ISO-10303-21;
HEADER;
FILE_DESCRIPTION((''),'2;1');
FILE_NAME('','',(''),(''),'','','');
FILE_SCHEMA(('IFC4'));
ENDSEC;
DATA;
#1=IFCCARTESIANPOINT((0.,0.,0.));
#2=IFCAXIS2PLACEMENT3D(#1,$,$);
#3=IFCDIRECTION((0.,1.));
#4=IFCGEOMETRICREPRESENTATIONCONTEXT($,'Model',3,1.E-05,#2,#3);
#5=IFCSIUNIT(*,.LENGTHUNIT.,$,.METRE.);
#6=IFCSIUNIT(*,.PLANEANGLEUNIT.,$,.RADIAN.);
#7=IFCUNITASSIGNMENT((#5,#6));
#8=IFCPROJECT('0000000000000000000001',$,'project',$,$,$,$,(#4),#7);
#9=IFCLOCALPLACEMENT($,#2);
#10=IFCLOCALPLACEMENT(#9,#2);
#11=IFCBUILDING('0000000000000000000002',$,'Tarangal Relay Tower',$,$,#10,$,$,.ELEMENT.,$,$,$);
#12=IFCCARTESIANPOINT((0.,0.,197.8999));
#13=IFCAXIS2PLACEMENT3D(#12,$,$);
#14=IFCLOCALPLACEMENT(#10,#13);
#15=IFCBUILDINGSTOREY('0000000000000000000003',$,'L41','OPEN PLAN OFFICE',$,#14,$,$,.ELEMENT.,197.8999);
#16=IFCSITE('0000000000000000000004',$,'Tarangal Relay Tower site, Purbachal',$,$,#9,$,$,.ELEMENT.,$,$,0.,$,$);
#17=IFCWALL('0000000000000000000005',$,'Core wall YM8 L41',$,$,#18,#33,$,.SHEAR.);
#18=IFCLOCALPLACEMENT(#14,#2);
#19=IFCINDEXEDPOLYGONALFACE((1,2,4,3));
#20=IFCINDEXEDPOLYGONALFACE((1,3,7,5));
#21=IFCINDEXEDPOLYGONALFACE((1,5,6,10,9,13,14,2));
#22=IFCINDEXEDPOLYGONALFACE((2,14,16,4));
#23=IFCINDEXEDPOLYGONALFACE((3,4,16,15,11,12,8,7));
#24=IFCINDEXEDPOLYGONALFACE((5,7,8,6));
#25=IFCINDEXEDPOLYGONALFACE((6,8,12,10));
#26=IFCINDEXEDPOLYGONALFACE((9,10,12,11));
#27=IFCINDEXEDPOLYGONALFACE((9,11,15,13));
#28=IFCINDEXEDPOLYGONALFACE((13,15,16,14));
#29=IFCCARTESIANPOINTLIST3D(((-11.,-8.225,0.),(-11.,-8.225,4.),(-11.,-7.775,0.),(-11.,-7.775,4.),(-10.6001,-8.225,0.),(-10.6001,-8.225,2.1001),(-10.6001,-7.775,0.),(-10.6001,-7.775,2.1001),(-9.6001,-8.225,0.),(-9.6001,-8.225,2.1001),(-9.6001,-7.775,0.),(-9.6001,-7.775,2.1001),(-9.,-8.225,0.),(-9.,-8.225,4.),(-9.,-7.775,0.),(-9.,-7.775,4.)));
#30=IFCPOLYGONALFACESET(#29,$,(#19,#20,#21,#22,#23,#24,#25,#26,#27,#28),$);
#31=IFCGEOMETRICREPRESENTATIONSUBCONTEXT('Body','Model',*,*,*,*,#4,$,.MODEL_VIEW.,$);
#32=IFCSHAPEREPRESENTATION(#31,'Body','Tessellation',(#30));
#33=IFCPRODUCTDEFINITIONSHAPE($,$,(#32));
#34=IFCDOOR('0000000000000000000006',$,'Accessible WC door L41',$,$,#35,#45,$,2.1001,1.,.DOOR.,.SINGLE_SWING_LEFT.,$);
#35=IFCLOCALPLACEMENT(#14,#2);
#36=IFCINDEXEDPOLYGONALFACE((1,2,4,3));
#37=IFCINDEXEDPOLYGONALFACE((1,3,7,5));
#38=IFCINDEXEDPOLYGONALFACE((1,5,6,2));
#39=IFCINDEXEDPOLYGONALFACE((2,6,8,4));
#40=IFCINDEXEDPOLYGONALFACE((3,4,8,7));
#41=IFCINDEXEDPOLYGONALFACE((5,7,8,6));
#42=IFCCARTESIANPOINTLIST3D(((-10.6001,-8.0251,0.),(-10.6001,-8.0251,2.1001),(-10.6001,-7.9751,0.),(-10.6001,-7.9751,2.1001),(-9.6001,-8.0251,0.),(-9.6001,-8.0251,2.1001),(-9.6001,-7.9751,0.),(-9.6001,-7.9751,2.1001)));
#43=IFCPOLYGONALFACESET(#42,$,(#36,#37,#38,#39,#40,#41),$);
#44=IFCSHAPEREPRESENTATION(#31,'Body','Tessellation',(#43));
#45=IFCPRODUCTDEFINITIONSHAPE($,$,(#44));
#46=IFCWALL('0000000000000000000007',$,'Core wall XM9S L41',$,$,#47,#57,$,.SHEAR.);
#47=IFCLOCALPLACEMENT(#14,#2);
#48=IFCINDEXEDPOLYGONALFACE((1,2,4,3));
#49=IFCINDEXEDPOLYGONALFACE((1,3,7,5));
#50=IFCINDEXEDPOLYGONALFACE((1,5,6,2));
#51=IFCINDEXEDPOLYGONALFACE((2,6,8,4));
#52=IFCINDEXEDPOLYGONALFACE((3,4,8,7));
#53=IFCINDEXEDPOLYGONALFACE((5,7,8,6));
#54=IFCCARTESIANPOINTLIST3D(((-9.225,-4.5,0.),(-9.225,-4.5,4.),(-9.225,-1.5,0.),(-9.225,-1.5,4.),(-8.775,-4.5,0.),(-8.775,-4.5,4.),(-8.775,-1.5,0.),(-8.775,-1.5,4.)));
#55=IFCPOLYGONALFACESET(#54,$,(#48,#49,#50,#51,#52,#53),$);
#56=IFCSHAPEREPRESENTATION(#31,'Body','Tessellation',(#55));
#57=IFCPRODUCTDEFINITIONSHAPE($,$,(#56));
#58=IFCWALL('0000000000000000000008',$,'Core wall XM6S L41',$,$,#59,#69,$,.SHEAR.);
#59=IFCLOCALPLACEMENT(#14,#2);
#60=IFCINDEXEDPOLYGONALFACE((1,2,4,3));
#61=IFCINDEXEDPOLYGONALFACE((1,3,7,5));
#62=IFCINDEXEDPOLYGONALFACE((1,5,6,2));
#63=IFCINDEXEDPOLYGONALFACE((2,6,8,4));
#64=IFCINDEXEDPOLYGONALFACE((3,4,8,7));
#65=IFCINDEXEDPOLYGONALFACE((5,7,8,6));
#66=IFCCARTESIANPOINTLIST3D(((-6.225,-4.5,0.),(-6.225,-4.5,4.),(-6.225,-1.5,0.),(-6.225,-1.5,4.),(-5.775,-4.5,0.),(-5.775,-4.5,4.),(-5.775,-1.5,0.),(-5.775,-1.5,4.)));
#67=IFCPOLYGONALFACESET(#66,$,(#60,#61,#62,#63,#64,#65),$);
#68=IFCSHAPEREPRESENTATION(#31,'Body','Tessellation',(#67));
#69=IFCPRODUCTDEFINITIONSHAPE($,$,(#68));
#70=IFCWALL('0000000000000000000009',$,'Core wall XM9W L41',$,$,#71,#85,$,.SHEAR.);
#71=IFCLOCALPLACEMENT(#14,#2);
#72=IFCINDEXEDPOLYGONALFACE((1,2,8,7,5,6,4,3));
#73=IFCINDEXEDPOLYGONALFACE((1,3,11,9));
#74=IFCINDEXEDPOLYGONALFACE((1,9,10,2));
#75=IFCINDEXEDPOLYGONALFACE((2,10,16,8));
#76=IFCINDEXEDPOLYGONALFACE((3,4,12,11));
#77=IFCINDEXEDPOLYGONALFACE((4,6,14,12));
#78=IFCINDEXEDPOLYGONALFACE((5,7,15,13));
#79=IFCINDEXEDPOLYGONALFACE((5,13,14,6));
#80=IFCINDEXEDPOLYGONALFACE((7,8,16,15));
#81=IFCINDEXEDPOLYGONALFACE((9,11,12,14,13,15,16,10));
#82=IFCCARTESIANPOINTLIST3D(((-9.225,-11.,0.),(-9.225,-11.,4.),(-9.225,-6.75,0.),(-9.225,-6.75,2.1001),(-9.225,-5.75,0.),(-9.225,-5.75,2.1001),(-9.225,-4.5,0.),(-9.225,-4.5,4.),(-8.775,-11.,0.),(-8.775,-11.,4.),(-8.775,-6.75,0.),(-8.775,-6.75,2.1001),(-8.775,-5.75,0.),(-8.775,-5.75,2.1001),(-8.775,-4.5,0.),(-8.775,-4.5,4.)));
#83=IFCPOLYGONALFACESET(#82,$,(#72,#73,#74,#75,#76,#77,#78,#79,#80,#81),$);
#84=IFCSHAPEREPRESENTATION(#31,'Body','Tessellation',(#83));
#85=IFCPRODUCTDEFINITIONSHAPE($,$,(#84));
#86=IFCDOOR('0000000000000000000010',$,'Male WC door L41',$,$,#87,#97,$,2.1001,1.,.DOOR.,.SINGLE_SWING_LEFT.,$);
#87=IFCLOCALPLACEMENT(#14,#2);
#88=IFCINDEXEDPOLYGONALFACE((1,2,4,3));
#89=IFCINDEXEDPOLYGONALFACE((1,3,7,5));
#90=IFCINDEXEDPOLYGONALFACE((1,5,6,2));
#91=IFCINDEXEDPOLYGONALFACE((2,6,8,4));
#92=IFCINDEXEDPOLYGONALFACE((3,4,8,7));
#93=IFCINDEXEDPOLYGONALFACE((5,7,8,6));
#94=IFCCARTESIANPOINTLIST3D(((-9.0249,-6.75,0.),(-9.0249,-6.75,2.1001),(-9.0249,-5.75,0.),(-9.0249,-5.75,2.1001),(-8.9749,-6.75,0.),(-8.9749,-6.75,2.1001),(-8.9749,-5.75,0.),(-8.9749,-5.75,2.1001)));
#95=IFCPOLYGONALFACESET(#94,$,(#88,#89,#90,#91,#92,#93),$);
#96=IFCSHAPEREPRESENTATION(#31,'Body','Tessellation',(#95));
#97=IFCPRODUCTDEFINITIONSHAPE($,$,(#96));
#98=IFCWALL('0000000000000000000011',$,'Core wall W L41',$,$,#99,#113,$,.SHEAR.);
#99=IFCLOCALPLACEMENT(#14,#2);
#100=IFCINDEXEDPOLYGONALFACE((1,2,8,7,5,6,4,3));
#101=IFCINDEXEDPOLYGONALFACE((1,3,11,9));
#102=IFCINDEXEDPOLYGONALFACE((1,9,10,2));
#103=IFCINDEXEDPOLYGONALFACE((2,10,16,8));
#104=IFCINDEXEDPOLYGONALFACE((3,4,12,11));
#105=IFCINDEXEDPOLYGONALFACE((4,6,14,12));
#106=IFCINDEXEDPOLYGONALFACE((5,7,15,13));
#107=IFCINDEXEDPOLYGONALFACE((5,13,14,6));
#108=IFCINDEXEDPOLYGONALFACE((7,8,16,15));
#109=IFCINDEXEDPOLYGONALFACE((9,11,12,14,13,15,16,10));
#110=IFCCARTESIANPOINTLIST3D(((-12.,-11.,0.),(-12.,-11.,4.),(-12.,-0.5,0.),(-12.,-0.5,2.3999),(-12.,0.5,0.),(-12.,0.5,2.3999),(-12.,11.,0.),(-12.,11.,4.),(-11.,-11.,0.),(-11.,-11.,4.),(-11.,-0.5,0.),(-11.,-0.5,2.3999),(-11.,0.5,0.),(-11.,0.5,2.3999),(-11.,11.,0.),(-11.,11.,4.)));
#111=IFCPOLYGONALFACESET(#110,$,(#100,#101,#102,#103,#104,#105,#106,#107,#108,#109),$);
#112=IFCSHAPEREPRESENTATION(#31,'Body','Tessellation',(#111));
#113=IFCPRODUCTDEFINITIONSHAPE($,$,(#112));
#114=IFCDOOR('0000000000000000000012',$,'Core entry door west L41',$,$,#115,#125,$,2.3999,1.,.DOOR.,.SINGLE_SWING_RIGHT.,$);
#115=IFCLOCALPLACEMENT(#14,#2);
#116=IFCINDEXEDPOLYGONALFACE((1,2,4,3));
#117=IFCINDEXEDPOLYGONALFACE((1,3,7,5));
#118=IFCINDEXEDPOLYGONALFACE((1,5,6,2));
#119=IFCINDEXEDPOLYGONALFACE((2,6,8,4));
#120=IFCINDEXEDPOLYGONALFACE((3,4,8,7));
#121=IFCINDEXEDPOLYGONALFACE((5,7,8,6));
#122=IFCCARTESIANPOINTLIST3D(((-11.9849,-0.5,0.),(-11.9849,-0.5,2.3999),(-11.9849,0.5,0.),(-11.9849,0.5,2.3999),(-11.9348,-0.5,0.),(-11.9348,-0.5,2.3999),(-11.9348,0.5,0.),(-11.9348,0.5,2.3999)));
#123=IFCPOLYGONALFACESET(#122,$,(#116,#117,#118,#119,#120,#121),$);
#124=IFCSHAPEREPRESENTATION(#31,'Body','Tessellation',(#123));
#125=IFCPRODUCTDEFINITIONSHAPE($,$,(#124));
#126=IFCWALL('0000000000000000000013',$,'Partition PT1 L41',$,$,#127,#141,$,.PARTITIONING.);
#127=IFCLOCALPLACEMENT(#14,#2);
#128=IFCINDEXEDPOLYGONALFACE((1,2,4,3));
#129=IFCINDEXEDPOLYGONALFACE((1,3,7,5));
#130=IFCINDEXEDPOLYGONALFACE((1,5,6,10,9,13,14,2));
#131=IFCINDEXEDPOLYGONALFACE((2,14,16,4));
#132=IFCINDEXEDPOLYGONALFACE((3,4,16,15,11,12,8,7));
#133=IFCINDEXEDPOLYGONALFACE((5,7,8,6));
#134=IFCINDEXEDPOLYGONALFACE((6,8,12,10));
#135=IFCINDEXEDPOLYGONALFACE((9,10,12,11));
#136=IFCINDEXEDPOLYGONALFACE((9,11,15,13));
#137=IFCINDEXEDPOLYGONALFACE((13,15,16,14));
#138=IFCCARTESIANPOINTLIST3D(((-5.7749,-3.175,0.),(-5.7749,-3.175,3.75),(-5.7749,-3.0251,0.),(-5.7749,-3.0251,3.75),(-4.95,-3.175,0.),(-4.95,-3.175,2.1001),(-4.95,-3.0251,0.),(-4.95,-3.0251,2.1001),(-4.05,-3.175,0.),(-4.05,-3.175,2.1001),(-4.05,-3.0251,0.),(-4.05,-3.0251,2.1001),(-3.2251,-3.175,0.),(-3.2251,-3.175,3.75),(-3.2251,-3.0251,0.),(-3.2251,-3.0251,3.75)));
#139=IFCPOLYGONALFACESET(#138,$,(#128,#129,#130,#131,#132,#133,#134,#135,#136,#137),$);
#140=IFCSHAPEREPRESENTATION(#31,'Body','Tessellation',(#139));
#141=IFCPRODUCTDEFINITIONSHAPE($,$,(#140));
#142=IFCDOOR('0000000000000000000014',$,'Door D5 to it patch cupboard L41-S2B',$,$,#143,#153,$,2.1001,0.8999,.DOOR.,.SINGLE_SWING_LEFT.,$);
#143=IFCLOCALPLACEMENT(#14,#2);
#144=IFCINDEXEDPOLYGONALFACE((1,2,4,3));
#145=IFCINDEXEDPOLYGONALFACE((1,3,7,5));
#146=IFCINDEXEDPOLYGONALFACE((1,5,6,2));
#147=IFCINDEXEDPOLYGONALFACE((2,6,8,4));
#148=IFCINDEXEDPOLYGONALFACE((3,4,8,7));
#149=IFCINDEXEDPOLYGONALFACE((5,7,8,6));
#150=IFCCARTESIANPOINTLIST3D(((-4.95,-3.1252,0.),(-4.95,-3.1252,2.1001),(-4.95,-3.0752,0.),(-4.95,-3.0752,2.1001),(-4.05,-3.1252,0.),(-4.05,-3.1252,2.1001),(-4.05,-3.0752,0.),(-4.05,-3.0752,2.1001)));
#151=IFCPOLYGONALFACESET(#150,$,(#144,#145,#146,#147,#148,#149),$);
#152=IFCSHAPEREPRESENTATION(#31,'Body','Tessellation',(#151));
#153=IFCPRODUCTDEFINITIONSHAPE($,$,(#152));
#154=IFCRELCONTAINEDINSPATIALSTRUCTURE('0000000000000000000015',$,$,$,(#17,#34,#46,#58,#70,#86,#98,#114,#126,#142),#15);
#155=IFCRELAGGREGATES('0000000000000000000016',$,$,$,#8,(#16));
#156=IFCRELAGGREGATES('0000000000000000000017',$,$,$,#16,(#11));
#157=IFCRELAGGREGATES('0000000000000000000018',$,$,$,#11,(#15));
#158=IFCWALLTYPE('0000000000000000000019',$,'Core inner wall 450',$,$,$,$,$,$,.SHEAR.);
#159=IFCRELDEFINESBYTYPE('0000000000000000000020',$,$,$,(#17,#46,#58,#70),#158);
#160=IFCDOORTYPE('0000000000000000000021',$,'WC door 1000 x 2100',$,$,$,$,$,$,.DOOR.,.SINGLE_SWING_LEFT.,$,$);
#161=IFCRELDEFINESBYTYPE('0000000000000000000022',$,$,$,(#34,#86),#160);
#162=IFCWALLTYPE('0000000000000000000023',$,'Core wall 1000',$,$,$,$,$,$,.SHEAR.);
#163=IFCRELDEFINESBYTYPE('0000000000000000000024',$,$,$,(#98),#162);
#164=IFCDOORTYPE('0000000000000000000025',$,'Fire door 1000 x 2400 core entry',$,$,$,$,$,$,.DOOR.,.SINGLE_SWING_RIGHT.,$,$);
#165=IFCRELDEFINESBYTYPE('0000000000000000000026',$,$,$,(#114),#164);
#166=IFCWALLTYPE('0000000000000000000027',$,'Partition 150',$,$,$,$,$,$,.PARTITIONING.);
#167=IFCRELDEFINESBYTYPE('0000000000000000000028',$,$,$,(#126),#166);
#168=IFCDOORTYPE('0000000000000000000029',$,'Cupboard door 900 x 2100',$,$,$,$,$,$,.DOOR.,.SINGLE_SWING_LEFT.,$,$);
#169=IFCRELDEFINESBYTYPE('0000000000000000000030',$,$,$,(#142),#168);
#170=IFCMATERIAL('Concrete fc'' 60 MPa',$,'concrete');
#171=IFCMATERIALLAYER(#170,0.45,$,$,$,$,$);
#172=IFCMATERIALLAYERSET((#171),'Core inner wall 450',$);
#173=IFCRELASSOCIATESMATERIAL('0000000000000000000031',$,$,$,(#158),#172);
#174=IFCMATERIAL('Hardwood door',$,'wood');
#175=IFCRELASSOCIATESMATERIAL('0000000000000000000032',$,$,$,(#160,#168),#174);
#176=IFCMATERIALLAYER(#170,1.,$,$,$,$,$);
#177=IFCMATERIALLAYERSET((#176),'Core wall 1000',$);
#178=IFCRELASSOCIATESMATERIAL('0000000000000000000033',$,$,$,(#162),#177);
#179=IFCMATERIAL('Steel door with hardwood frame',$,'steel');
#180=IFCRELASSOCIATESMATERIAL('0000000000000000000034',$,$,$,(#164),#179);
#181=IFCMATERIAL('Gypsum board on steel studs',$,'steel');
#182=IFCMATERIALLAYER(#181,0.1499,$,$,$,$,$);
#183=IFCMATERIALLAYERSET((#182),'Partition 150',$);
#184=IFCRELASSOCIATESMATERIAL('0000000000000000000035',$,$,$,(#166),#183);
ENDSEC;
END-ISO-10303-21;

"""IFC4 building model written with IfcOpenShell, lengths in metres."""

from ifc_helpers import new_model, si_unit, direction, frame, frame_2d, origin, place, context, subcontext, project, spatial, rectangle, extrude, material, layer, layer_set, type_object, element, fill, save


model = new_model("IFC4")

# Units and contexts
model_context = context("Model", 3, precision=1e-05, world=origin(), true_north=direction((0.0, 1.0)))
body_context = subcontext(model_context, "Body", "Model", "MODEL_VIEW")
ifc_project = project(units=[si_unit("LENGTHUNIT", "METRE"), si_unit("PLANEANGLEUNIT", "RADIAN")], contexts=[model_context])

# Site, building, storey
site_placement = place(None, origin())
site = spatial("IfcSite", under=ifc_project, at=site_placement, Name="Tarangal Relay Tower site, Purbachal", CompositionType="ELEMENT", RefElevation=0.0)
building_placement = place(site_placement, origin())
building = spatial("IfcBuilding", under=site, at=building_placement, Name="Tarangal Relay Tower", CompositionType="ELEMENT")
storey_placement = place(building_placement, frame((0.0, 0.0, 197.8999)))
storey = spatial("IfcBuildingStorey", under=building, at=storey_placement, Name="L41", Description="OPEN PLAN OFFICE", CompositionType="ELEMENT", Elevation=197.8999)

# Shared definitions
ifc_material_1 = material(Name="Concrete fc' 60 MPa", Category="concrete")
ifc_layer_1 = layer(ifc_material_1, 0.45)
ifc_layer_set_1 = layer_set([ifc_layer_1], Name="Core inner wall 450")
wall_type_1 = type_object("IfcWallType", Name="Core inner wall 450", PredefinedType="SHEAR", material=ifc_layer_set_1)
ifc_material_2 = material(Name="Steel door with hardwood frame", Category="steel")

# Wall, opening, door
wall_1_placement = place(storey_placement, frame((-11.0, -8.0, 0.0), z_axis=(0.0, 0.0, 1.0), x_axis=(1.0, 0.0, 0.0)))
wall_1 = element("IfcWall", 1, at=wall_1_placement, inside=storey, type_object=wall_type_1, Name="Core wall YM8 L41", PredefinedType="SHEAR", context=body_context, shape_type="SweptSolid", body=[
    extrude(rectangle(XDim=2.0, YDim=0.45, at=frame_2d((1.0, 0.0))), origin(), (0.0, 0.0, 1.0), 4.0),
])
opening_1_placement = place(wall_1_placement, frame((0.3999, 0.0, 0.0)))
opening_1 = element("IfcOpeningElement", 2, at=opening_1_placement, cuts=wall_1, PredefinedType="OPENING", context=body_context, shape_type="SweptSolid", body=[
    extrude(rectangle(XDim=1.0, YDim=2.1001, at=frame_2d((0.5, 1.05))), frame((0.0, 0.2349, 0.0), z_axis=(0.0, -1.0, 0.0), x_axis=(1.0, 0.0, 0.0)), (0.0, 0.0, 1.0), 0.47),
])
ifc_material_3 = material(Name="Hardwood door", Category="wood")
door_type_1 = type_object("IfcDoorType", Name="WC door 1000 x 2100", OperationType="SINGLE_SWING_LEFT", PredefinedType="DOOR", material=ifc_material_3)
door_1_placement = place(opening_1_placement, origin())
door_1 = element("IfcDoor", 3, at=door_1_placement, inside=storey, type_object=door_type_1, Name="Accessible WC door L41", OperationType="SINGLE_SWING_LEFT", OverallHeight=2.1001, OverallWidth=1.0, PredefinedType="DOOR", context=body_context, shape_type="SweptSolid", body=[
    extrude(rectangle(XDim=1.0, YDim=2.1001, at=frame_2d((0.5, 1.05))), frame((0.0, 0.0249, 0.0), z_axis=(0.0, -1.0, 0.0), x_axis=(1.0, 0.0, 0.0)), (0.0, 0.0, 1.0), 0.05),
])
fill(opening_1, door_1)

# Walls
for number, where, z_axis, x_axis, name in (
    (4, (-9.0, -4.5, 0.0), (0.0, 0.0, 1.0), (0.0, 1.0, 0.0), "Core wall XM9S L41"),
    (5, (-6.0, -4.5, 0.0), (0.0, 0.0, 1.0), (0.0, 1.0, 0.0), "Core wall XM6S L41"),
):
    element("IfcWall", number, at=place(storey_placement, frame(where, z_axis=z_axis, x_axis=x_axis)), inside=storey, type_object=wall_type_1, Name=name, PredefinedType="SHEAR", context=body_context, shape_type="SweptSolid", body=[
        extrude(rectangle(XDim=3.0, YDim=0.45, at=frame_2d((1.5, 0.0))), origin(), (0.0, 0.0, 1.0), 4.0),
    ])

# Walls, openings, doors
wall_2_placement = place(storey_placement, frame((-9.0, -11.0, 0.0), z_axis=(0.0, 0.0, 1.0), x_axis=(0.0, 1.0, 0.0)))
wall_2 = element("IfcWall", 6, at=wall_2_placement, inside=storey, type_object=wall_type_1, Name="Core wall XM9W L41", PredefinedType="SHEAR", context=body_context, shape_type="SweptSolid", body=[
    extrude(rectangle(XDim=6.5, YDim=0.45, at=frame_2d((3.25, 0.0))), origin(), (0.0, 0.0, 1.0), 4.0),
])
opening_2_placement = place(wall_2_placement, frame((4.25, 0.0, 0.0)))
opening_2 = element("IfcOpeningElement", 7, at=opening_2_placement, cuts=wall_2, PredefinedType="OPENING", context=body_context, shape_type="SweptSolid", body=[
    extrude(rectangle(XDim=1.0, YDim=2.1001, at=frame_2d((0.5, 1.05))), frame((0.0, 0.2349, 0.0), z_axis=(0.0, -1.0, 0.0), x_axis=(1.0, 0.0, 0.0)), (0.0, 0.0, 1.0), 0.47),
])
door_2_placement = place(opening_2_placement, origin())
door_2 = element("IfcDoor", 8, at=door_2_placement, inside=storey, type_object=door_type_1, Name="Male WC door L41", OperationType="SINGLE_SWING_LEFT", OverallHeight=2.1001, OverallWidth=1.0, PredefinedType="DOOR", context=body_context, shape_type="SweptSolid", body=[
    extrude(rectangle(XDim=1.0, YDim=2.1001, at=frame_2d((0.5, 1.05))), frame((0.0, 0.0249, 0.0), z_axis=(0.0, -1.0, 0.0), x_axis=(1.0, 0.0, 0.0)), (0.0, 0.0, 1.0), 0.05),
])
fill(opening_2, door_2)
ifc_layer_2 = layer(ifc_material_1, 1.0)
ifc_layer_set_2 = layer_set([ifc_layer_2], Name="Core wall 1000")
wall_type_2 = type_object("IfcWallType", Name="Core wall 1000", PredefinedType="SHEAR", material=ifc_layer_set_2)
wall_3_placement = place(storey_placement, frame((-11.5, -11.0, 0.0), z_axis=(0.0, 0.0, 1.0), x_axis=(0.0, 1.0, 0.0)))
wall_3 = element("IfcWall", 9, at=wall_3_placement, inside=storey, type_object=wall_type_2, Name="Core wall W L41", PredefinedType="SHEAR", context=body_context, shape_type="SweptSolid", body=[
    extrude(rectangle(XDim=22.0, YDim=1.0, at=frame_2d((11.0, 0.0))), origin(), (0.0, 0.0, 1.0), 4.0),
])
opening_3_placement = place(wall_3_placement, frame((10.5, 0.0, 0.0)))
opening_3 = element("IfcOpeningElement", 10, at=opening_3_placement, cuts=wall_3, PredefinedType="OPENING", context=body_context, shape_type="SweptSolid", body=[
    extrude(rectangle(XDim=1.0, YDim=2.3999, at=frame_2d((0.5, 1.2))), frame((0.0, 0.51, 0.0), z_axis=(0.0, -1.0, 0.0), x_axis=(1.0, 0.0, 0.0)), (0.0, 0.0, 1.0), 1.02),
])
door_type_2 = type_object("IfcDoorType", Name="Fire door 1000 x 2400 core entry", OperationType="SINGLE_SWING_RIGHT", PredefinedType="DOOR", material=ifc_material_2)
door_3_placement = place(opening_3_placement, origin())
door_3 = element("IfcDoor", 11, at=door_3_placement, inside=storey, type_object=door_type_2, Name="Core entry door west L41", OperationType="SINGLE_SWING_RIGHT", OverallHeight=2.3999, OverallWidth=1.0, PredefinedType="DOOR", context=body_context, shape_type="SweptSolid", body=[
    extrude(rectangle(XDim=1.0, YDim=2.3999, at=frame_2d((0.5, 1.2))), frame((0.0, 0.4849, 0.0), z_axis=(0.0, -1.0, 0.0), x_axis=(1.0, 0.0, 0.0)), (0.0, 0.0, 1.0), 0.05),
])
fill(opening_3, door_3)
ifc_material_4 = material(Name="Gypsum board on steel studs", Category="steel")
ifc_layer_3 = layer(ifc_material_4, 0.1499)
ifc_layer_set_3 = layer_set([ifc_layer_3], Name="Partition 150")
wall_type_3 = type_object("IfcWallType", Name="Partition 150", PredefinedType="PARTITIONING", material=ifc_layer_set_3)
wall_4_placement = place(storey_placement, frame((-5.7749, -3.1001, 0.0), z_axis=(0.0, 0.0, 1.0), x_axis=(1.0, 0.0, 0.0)))
wall_4 = element("IfcWall", 12, at=wall_4_placement, inside=storey, type_object=wall_type_3, Name="Partition PT1 L41", PredefinedType="PARTITIONING", context=body_context, shape_type="SweptSolid", body=[
    extrude(rectangle(XDim=2.5498, YDim=0.1499, at=frame_2d((1.2749, 0.0))), origin(), (0.0, 0.0, 1.0), 3.75),
])
opening_4_placement = place(wall_4_placement, frame((0.825, 0.0, 0.0)))
opening_4 = element("IfcOpeningElement", 13, at=opening_4_placement, cuts=wall_4, PredefinedType="OPENING", context=body_context, shape_type="SweptSolid", body=[
    extrude(rectangle(XDim=0.8999, YDim=2.1001, at=frame_2d((0.45, 1.05))), frame((0.0, 0.085, 0.0), z_axis=(0.0, -1.0, 0.0), x_axis=(1.0, 0.0, 0.0)), (0.0, 0.0, 1.0), 0.1699),
])
door_type_3 = type_object("IfcDoorType", Name="Cupboard door 900 x 2100", OperationType="SINGLE_SWING_LEFT", PredefinedType="DOOR", material=ifc_material_3)
door_4_placement = place(opening_4_placement, origin())
door_4 = element("IfcDoor", 14, at=door_4_placement, inside=storey, type_object=door_type_3, Name="Door D5 to it patch cupboard L41-S2B", OperationType="SINGLE_SWING_LEFT", OverallHeight=2.1001, OverallWidth=0.8999, PredefinedType="DOOR", context=body_context, shape_type="SweptSolid", body=[
    extrude(rectangle(XDim=0.8999, YDim=2.1001, at=frame_2d((0.45, 1.05))), frame((0.0, 0.0249, 0.0), z_axis=(0.0, -1.0, 0.0), x_axis=(1.0, 0.0, 0.0)), (0.0, 0.0, 1.0), 0.05),
])
fill(opening_4, door_4)

save(model, "model.ifc")
